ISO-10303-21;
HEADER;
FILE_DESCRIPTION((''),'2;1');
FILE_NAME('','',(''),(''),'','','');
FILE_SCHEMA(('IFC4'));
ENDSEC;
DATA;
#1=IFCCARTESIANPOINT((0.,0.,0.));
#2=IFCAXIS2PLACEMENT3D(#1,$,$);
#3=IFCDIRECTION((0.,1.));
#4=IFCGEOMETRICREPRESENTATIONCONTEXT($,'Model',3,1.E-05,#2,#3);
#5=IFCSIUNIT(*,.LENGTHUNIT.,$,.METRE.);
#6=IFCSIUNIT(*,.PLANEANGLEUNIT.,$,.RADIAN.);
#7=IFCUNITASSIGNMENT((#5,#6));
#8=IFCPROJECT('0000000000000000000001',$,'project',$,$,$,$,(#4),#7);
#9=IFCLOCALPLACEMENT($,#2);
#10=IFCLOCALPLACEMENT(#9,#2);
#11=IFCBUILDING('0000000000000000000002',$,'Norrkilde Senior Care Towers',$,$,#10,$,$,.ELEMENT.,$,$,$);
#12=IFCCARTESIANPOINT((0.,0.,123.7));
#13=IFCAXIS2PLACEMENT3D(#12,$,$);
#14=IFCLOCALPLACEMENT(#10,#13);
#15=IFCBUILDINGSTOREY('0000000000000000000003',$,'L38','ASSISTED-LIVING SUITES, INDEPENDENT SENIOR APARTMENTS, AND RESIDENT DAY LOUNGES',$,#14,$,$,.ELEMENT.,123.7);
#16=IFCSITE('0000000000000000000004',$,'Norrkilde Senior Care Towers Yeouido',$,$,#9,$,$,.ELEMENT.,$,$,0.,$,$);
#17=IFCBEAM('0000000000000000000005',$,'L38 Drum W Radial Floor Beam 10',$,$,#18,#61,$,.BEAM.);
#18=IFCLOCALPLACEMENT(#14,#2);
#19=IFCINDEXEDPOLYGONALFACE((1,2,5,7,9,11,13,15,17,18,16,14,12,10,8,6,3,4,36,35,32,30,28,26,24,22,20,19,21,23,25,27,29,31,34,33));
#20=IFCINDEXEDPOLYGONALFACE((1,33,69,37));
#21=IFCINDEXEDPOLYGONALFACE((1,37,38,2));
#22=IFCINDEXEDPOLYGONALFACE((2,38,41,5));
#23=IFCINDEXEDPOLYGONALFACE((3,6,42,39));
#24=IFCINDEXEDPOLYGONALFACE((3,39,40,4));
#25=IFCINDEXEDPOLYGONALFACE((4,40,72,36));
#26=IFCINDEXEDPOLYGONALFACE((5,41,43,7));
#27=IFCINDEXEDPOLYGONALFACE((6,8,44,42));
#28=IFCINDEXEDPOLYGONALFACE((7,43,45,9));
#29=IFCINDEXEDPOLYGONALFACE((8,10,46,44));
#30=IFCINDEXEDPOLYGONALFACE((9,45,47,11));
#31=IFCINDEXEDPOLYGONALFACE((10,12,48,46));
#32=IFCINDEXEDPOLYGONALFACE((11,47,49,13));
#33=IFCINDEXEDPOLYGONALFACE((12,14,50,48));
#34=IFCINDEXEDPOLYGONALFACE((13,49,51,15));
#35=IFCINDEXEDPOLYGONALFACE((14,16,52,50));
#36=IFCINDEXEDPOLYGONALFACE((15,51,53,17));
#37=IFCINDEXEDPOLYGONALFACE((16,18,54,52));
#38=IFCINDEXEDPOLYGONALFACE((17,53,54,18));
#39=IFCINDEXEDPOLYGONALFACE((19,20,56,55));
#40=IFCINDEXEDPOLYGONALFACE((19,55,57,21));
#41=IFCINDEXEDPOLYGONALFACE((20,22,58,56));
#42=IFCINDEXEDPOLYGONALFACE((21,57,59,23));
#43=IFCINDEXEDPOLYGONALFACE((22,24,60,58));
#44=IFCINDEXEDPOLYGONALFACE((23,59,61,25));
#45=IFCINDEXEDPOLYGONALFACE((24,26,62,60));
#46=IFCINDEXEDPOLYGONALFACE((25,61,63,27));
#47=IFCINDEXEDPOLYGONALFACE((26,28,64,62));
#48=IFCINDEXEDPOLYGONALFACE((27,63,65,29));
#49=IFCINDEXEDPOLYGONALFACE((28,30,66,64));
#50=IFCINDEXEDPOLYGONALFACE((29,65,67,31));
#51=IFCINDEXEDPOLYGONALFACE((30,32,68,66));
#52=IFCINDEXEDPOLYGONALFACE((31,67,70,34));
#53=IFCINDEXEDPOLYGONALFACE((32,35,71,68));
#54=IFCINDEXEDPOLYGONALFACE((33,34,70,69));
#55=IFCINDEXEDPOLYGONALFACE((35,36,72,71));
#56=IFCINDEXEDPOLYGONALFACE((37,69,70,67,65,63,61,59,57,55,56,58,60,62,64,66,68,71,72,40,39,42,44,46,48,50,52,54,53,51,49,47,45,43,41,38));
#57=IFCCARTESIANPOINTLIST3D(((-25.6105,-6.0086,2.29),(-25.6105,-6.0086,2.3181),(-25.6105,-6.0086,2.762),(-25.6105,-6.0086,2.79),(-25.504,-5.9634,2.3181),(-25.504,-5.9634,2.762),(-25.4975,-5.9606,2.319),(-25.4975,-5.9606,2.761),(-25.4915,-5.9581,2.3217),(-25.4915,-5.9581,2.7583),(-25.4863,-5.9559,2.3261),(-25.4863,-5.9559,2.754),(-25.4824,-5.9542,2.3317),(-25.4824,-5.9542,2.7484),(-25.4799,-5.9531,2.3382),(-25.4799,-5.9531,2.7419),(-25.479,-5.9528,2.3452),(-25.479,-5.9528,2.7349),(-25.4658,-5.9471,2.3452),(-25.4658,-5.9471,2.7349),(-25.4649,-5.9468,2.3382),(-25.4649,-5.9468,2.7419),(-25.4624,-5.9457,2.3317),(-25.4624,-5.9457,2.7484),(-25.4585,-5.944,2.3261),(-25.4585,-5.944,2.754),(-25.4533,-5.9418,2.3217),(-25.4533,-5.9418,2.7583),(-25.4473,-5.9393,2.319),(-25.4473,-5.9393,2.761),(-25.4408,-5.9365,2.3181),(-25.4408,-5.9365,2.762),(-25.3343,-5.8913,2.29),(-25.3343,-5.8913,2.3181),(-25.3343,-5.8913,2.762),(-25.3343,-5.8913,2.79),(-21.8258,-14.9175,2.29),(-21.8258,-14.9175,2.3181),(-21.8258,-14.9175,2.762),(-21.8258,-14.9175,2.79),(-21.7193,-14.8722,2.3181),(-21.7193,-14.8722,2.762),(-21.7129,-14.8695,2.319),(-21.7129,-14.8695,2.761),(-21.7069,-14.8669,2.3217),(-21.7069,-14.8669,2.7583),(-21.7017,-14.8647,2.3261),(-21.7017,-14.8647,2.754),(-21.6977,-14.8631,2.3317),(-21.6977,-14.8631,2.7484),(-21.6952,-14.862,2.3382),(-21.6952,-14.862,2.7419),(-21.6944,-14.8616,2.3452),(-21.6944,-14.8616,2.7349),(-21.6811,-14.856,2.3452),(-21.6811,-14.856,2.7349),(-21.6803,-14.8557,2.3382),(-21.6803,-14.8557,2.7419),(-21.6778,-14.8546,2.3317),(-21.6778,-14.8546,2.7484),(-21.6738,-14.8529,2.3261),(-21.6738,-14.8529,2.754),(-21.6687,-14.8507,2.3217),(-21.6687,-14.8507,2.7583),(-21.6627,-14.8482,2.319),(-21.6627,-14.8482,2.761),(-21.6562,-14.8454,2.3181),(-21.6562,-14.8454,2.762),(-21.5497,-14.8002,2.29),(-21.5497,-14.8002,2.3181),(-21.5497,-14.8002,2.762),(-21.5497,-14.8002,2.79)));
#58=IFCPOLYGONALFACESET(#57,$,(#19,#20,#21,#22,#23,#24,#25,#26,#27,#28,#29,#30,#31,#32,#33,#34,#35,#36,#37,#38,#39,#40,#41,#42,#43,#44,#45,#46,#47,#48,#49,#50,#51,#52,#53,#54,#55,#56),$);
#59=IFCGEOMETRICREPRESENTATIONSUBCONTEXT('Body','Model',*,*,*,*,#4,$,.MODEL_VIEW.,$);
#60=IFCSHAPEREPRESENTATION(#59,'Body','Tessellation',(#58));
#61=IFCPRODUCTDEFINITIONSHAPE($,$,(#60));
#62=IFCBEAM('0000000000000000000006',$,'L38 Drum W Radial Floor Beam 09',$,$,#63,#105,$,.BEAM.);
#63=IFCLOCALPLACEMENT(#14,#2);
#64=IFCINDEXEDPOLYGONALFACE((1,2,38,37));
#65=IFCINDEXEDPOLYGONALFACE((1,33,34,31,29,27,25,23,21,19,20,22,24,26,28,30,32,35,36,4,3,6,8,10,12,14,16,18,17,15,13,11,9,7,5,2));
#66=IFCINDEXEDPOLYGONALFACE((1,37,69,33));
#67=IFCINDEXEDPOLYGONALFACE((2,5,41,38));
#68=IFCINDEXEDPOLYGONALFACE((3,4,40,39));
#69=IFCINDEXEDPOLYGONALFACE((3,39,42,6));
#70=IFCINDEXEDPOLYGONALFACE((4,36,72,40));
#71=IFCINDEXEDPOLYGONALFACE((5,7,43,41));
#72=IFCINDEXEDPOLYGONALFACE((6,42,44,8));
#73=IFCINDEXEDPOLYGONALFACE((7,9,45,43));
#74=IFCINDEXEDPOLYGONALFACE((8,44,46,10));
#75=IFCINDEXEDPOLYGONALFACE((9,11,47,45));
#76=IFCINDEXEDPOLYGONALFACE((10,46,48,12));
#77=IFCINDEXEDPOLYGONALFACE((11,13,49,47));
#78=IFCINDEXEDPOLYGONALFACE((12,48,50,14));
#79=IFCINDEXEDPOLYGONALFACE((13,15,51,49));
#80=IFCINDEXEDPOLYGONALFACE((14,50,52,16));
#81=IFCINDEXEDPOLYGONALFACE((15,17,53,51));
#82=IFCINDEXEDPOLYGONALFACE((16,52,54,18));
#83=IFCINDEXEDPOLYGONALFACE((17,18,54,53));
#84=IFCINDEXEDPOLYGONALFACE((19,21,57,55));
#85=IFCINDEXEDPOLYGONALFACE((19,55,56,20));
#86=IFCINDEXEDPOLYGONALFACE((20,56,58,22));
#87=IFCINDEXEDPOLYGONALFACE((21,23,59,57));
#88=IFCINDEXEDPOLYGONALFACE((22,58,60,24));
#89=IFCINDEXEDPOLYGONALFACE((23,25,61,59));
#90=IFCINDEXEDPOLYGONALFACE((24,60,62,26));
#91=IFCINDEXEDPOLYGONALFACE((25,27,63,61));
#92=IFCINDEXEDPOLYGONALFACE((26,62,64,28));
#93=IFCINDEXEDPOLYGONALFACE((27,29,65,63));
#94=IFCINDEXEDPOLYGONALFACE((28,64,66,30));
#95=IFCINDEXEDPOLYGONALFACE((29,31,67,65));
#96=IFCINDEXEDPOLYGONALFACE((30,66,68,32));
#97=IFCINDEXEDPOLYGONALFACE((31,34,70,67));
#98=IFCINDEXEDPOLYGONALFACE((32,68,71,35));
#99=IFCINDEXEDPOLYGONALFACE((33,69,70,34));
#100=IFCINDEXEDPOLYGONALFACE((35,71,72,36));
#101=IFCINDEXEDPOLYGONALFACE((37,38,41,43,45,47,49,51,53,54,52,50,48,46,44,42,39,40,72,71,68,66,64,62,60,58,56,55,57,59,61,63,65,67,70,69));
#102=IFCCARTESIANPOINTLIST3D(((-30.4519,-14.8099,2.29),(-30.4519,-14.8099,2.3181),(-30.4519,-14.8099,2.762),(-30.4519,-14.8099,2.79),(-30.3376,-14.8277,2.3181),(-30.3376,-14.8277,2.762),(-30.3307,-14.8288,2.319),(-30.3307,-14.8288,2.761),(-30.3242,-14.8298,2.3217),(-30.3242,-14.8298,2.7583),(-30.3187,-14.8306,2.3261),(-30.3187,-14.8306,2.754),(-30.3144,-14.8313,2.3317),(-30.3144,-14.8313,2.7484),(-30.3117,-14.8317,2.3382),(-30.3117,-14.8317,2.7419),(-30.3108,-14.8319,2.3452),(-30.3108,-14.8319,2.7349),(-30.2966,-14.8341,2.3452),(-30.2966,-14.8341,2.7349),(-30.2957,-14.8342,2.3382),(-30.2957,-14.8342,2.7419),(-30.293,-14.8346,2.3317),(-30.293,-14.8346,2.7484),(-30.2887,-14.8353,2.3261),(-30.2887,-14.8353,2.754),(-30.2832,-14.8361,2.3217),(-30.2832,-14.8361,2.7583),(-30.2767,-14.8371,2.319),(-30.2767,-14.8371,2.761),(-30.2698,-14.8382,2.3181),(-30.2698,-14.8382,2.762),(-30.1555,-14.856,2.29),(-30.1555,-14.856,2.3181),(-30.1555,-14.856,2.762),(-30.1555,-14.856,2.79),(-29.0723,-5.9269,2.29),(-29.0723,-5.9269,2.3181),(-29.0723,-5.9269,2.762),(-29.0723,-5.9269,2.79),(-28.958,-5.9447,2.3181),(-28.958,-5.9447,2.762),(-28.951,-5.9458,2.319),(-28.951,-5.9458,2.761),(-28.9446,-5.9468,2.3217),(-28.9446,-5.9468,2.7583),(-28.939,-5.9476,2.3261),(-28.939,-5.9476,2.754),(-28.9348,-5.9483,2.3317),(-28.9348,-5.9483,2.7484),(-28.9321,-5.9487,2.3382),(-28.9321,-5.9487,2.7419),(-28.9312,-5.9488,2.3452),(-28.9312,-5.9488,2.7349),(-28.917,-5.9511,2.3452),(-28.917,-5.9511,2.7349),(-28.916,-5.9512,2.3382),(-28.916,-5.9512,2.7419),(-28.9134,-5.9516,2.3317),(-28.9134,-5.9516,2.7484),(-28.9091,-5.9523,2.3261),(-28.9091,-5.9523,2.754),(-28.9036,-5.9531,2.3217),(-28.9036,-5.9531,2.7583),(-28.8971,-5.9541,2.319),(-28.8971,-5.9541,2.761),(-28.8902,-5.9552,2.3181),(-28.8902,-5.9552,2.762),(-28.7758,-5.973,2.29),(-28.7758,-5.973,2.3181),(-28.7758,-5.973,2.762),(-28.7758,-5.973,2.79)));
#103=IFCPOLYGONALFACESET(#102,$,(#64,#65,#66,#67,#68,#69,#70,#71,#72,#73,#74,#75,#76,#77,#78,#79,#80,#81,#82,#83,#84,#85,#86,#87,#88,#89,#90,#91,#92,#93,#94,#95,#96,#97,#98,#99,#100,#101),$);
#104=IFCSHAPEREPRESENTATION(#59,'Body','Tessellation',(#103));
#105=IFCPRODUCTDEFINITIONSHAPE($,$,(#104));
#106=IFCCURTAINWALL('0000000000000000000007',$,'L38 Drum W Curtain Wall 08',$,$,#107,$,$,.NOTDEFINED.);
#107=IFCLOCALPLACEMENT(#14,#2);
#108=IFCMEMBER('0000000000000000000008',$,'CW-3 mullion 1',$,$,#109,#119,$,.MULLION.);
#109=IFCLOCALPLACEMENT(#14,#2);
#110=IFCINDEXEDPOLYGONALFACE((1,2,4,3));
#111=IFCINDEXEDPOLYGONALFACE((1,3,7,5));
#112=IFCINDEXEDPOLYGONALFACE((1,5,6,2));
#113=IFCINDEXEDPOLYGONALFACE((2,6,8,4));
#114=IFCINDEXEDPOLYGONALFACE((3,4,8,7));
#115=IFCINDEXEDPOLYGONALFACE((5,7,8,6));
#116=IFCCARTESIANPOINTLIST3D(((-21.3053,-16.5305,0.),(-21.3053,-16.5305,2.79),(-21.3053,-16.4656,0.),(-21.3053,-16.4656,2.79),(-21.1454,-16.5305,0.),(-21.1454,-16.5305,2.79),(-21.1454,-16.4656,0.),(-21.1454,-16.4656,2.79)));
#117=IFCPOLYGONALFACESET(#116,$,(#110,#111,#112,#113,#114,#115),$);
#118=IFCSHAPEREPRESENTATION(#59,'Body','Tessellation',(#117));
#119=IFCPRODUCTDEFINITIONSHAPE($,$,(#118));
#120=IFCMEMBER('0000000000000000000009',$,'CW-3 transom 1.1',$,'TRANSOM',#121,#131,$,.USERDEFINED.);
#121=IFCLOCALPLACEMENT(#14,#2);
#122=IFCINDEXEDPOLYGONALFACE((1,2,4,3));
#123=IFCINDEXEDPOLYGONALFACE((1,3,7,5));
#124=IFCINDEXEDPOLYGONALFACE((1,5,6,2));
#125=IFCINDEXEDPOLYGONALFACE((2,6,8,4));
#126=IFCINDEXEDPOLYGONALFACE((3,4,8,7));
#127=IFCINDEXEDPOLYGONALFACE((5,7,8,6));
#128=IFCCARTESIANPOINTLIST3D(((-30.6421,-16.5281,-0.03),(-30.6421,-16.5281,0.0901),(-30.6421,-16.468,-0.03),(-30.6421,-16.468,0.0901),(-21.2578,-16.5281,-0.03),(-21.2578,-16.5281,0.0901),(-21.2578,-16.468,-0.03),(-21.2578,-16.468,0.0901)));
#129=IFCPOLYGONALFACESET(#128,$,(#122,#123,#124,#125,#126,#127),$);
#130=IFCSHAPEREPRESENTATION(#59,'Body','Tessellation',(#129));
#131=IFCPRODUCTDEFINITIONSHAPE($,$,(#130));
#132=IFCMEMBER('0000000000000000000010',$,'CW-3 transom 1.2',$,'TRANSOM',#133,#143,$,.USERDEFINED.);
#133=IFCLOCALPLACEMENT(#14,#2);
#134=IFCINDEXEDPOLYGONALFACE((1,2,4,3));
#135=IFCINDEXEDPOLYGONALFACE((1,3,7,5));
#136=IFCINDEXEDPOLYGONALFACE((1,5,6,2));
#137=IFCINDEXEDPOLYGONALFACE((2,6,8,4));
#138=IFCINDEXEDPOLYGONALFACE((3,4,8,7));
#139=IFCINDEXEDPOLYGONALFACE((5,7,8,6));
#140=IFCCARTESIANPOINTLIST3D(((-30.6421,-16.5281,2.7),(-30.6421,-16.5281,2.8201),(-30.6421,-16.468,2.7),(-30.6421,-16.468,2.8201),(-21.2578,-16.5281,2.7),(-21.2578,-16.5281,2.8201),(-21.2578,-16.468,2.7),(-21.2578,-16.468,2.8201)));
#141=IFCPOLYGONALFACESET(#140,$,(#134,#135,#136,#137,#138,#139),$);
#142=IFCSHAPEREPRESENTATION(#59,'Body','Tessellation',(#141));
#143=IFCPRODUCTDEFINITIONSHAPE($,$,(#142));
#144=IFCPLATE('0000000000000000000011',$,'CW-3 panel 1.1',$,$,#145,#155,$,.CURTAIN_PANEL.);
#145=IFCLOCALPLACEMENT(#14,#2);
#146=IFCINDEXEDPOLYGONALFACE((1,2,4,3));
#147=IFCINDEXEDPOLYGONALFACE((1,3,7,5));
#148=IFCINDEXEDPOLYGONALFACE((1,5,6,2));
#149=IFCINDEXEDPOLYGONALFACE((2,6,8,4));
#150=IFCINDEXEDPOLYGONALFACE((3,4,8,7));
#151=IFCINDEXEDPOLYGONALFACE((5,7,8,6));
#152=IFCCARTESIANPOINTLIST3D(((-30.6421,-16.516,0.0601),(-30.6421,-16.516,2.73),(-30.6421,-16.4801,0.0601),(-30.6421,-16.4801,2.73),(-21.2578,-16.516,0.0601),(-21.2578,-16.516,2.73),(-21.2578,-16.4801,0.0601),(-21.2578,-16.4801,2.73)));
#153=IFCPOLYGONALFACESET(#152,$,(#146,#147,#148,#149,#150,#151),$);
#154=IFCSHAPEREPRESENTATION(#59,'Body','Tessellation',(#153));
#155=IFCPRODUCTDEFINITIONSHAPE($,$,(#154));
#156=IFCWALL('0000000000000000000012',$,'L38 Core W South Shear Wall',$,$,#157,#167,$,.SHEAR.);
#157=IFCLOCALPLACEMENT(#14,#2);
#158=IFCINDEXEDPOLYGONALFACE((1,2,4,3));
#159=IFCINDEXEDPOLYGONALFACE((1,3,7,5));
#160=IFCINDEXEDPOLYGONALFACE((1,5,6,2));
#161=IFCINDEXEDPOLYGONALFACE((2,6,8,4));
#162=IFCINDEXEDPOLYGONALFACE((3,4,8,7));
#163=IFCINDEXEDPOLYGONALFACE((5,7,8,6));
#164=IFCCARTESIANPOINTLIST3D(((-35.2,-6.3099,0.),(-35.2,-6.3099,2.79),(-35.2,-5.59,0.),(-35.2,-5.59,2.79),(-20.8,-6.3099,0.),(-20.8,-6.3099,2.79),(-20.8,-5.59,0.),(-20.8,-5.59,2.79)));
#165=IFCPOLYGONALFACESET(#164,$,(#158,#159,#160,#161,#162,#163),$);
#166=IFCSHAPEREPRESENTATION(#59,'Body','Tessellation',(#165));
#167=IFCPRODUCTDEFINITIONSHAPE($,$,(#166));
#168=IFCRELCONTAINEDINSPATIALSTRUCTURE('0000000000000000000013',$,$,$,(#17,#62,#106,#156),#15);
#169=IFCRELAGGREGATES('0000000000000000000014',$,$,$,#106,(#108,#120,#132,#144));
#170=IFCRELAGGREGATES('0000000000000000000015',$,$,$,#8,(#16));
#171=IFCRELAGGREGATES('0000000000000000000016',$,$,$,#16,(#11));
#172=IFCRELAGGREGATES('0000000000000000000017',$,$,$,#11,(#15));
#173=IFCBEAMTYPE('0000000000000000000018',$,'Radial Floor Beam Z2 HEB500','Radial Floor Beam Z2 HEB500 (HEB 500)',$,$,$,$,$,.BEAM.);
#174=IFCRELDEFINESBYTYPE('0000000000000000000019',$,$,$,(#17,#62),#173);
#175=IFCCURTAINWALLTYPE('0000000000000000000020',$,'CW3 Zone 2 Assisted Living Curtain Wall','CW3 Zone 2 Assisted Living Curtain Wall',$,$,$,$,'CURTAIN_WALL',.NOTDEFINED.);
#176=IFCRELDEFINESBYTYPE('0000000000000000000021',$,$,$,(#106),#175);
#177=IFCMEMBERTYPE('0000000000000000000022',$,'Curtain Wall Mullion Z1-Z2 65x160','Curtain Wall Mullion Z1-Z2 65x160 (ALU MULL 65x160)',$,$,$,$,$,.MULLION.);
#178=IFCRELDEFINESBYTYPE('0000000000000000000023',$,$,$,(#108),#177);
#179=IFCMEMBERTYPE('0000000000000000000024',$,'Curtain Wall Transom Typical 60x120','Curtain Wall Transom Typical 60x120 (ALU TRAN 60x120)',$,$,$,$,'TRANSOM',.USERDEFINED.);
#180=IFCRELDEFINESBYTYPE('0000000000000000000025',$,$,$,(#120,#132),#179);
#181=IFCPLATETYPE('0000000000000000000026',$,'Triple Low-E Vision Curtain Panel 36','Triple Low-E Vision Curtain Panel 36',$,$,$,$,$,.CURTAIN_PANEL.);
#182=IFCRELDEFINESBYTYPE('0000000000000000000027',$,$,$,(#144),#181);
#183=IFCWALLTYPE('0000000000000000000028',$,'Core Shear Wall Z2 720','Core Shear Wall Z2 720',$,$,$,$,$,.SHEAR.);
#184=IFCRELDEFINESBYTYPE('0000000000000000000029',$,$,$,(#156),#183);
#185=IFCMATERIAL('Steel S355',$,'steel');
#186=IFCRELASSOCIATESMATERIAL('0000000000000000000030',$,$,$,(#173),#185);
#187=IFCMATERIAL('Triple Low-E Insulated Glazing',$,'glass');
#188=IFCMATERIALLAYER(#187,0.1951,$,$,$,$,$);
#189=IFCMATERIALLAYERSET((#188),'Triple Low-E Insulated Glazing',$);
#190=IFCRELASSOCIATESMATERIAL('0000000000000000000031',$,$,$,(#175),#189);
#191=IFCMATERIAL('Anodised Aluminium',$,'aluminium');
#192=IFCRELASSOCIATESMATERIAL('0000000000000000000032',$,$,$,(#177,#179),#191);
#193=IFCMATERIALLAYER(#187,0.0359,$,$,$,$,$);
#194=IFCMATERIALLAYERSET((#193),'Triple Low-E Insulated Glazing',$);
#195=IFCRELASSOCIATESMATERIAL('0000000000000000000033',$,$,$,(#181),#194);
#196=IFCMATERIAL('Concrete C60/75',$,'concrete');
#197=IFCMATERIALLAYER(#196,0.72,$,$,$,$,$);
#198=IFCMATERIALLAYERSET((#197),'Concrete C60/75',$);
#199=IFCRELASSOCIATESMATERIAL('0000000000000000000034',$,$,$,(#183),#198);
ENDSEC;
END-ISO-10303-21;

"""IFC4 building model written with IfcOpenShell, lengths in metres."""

from ifc_helpers import new_model, si_unit, direction, frame, frame_2d, origin, origin_2d, place, context, subcontext, project, spatial, rectangle, i_section, extrude, source, transform, mapped, material, layer, layer_set, material_profile, profile_set, type_object, type_shapes, element, aggregate, save


model = new_model("IFC4")

# Units and contexts
model_context = context("Model", 3, precision=1e-05, world=origin(), true_north=direction((0.0, 1.0)))
body_context = subcontext(model_context, "Body", "Model", "MODEL_VIEW")
ifc_project = project(units=[si_unit("LENGTHUNIT", "METRE"), si_unit("PLANEANGLEUNIT", "RADIAN")], contexts=[model_context])

# Site, building, storey
site_placement = place(None, origin())
site = spatial("IfcSite", under=ifc_project, at=site_placement, Name="Norrkilde Senior Care Towers Yeouido", CompositionType="ELEMENT", RefElevation=0.0)
building_placement = place(site_placement, origin())
building = spatial("IfcBuilding", under=site, at=building_placement, Name="Norrkilde Senior Care Towers", CompositionType="ELEMENT")
storey_placement = place(building_placement, frame((0.0, 0.0, 123.7)))
storey = spatial("IfcBuildingStorey", under=building, at=storey_placement, Name="L38", Description="ASSISTED-LIVING SUITES, INDEPENDENT SENIOR APARTMENTS, AND RESIDENT DAY LOUNGES", CompositionType="ELEMENT", Elevation=123.7)

# Shared definitions
ifc_material_1 = material(Name="Concrete C60/75", Category="concrete")

# Beams
ifc_material_2 = material(Name="Steel S355", Category="steel")
ifc_material_profile_1 = material_profile(ifc_material_2, i_section(OverallWidth=0.3, OverallDepth=0.5, WebThickness=0.0144, FlangeThickness=0.0281, FilletRadius=0.0271, at=origin_2d()), Name="HEB 500")
ifc_profile_set_1 = profile_set([ifc_material_profile_1], Name="Steel S355")
beam_type_1 = type_object("IfcBeamType", Name="Radial Floor Beam Z2 HEB500", Description="Radial Floor Beam Z2 HEB500 (HEB 500)", PredefinedType="BEAM", material=ifc_profile_set_1)
shared_shape_1 = source(origin(), body_context, "Body", "SweptSolid", [
    extrude(i_section(OverallWidth=0.3, OverallDepth=0.5, WebThickness=0.0144, FlangeThickness=0.0281, FilletRadius=0.0271, at=origin_2d()), origin(), (0.0, 0.0, 1.0), 9.6794),
])
beam_1_placement = place(storey_placement, frame((-25.4724, -5.95, 2.54), z_axis=(0.390998, -0.920392, 0.0), x_axis=(0.920392, 0.390998, 0.0)))
element("IfcBeam", 1, at=beam_1_placement, inside=storey, type_object=beam_type_1, Name="L38 Drum W Radial Floor Beam 10", PredefinedType="BEAM", context=body_context, shape_type="MappedRepresentation", body=[
    mapped(shared_shape_1, transform((0.0, 0.0, 0.0), x_axis=(1.0, 0.0, 0.0), y_axis=(0.0, 1.0, 0.0), z_axis=(0.0, 0.0, 1.0), scale=1.0)),
])
shared_shape_2 = source(origin(), body_context, "Body", "SweptSolid", [
    extrude(i_section(OverallWidth=0.3, OverallDepth=0.5, WebThickness=0.0144, FlangeThickness=0.0281, FilletRadius=0.0271, at=origin_2d()), origin(), (0.0, 0.0, 1.0), 8.9895),
])
beam_2_placement = place(storey_placement, frame((-28.9241, -5.95, 2.54), z_axis=(-0.153471, -0.988153, 0.0), x_axis=(0.988153, -0.153471, 0.0)))
element("IfcBeam", 2, at=beam_2_placement, inside=storey, type_object=beam_type_1, Name="L38 Drum W Radial Floor Beam 09", PredefinedType="BEAM", context=body_context, shape_type="MappedRepresentation", body=[
    mapped(shared_shape_2, transform((0.0, 0.0, 0.0), x_axis=(1.0, 0.0, 0.0), y_axis=(0.0, 1.0, 0.0), z_axis=(0.0, 0.0, 1.0), scale=1.0)),
])

# Curtain wall, members, plate
ifc_material_3 = material(Name="Triple Low-E Insulated Glazing", Category="glass")
ifc_layer_1 = layer(ifc_material_3, 0.1951)
ifc_layer_set_1 = layer_set([ifc_layer_1], Name="Triple Low-E Insulated Glazing")
curtain_wall_type = type_object("IfcCurtainWallType", Name="CW3 Zone 2 Assisted Living Curtain Wall", Description="CW3 Zone 2 Assisted Living Curtain Wall", ElementType="CURTAIN_WALL", PredefinedType="NOTDEFINED", material=ifc_layer_set_1)
curtain_wall_placement = place(storey_placement, origin())
curtain_wall = element("IfcCurtainWall", 3, at=curtain_wall_placement, inside=storey, type_object=curtain_wall_type, Name="L38 Drum W Curtain Wall 08", PredefinedType="NOTDEFINED")
ifc_material_4 = material(Name="Anodised Aluminium", Category="aluminium")
ifc_material_profile_2 = material_profile(ifc_material_4, rectangle(XDim=0.0649, YDim=0.1599, at=origin_2d()), Name="ALU MULL 65x160")
ifc_profile_set_2 = profile_set([ifc_material_profile_2], Name="Anodised Aluminium")
member_type_1 = type_object("IfcMemberType", Name="Curtain Wall Mullion Z1-Z2 65x160", Description="Curtain Wall Mullion Z1-Z2 65x160 (ALU MULL 65x160)", PredefinedType="MULLION", material=ifc_profile_set_2)
shared_shape_3 = source(origin(), body_context, "Body", "SweptSolid", [
    extrude(rectangle(XDim=0.0649, YDim=0.1599, at=origin_2d()), origin(), (0.0, 0.0, 1.0), 2.79),
])
type_shapes(member_type_1, [shared_shape_3])
member_1_placement = place(storey_placement, frame((-21.2253, -16.498, 0.0), z_axis=(0.0, 0.0, 1.0), x_axis=(0.0, -1.0, 0.0)))
member_1 = element("IfcMember", 4, at=member_1_placement, type_object=member_type_1, Name="CW-3 mullion 1", PredefinedType="MULLION", context=body_context, shape_type="MappedRepresentation", body=[
    mapped(shared_shape_3, transform((0.0, 0.0, 0.0), x_axis=(1.0, 0.0, 0.0), y_axis=(0.0, 1.0, 0.0), z_axis=(0.0, 0.0, 1.0), scale=1.0)),
])
ifc_material_profile_3 = material_profile(ifc_material_4, rectangle(XDim=0.0601, YDim=0.1201, at=origin_2d()), Name="ALU TRAN 60x120")
ifc_profile_set_3 = profile_set([ifc_material_profile_3], Name="Anodised Aluminium")
member_type_2 = type_object("IfcMemberType", Name="Curtain Wall Transom Typical 60x120", Description="Curtain Wall Transom Typical 60x120 (ALU TRAN 60x120)", ElementType="TRANSOM", PredefinedType="USERDEFINED", material=ifc_profile_set_3)
shared_shape_4 = source(origin(), body_context, "Body", "SweptSolid", [
    extrude(rectangle(XDim=0.0601, YDim=0.1201, at=origin_2d()), origin(), (0.0, 0.0, 1.0), 9.3843),
])
type_shapes(member_type_2, [shared_shape_4])
member_2_placement = place(storey_placement, frame((-21.2578, -16.498, 0.03), z_axis=(-1.0, 0.0, 0.0), x_axis=(0.0, -1.0, 0.0)))
member_2 = element("IfcMember", 5, at=member_2_placement, type_object=member_type_2, Name="CW-3 transom 1.1", ObjectType="TRANSOM", PredefinedType="USERDEFINED", context=body_context, shape_type="MappedRepresentation", body=[
    mapped(shared_shape_4, transform((0.0, 0.0, 0.0), x_axis=(1.0, 0.0, 0.0), y_axis=(0.0, 1.0, 0.0), z_axis=(0.0, 0.0, 1.0), scale=1.0)),
])
member_3_placement = place(storey_placement, frame((-21.2578, -16.498, 2.76), z_axis=(-1.0, 0.0, 0.0), x_axis=(0.0, -1.0, 0.0)))
member_3 = element("IfcMember", 6, at=member_3_placement, type_object=member_type_2, Name="CW-3 transom 1.2", ObjectType="TRANSOM", PredefinedType="USERDEFINED", context=body_context, shape_type="MappedRepresentation", body=[
    mapped(shared_shape_4, transform((0.0, 0.0, 0.0), x_axis=(1.0, 0.0, 0.0), y_axis=(0.0, 1.0, 0.0), z_axis=(0.0, 0.0, 1.0), scale=1.0)),
])
ifc_layer_2 = layer(ifc_material_3, 0.0359)
ifc_layer_set_2 = layer_set([ifc_layer_2], Name="Triple Low-E Insulated Glazing")
plate_type = type_object("IfcPlateType", Name="Triple Low-E Vision Curtain Panel 36", Description="Triple Low-E Vision Curtain Panel 36", PredefinedType="CURTAIN_PANEL", material=ifc_layer_set_2)
shared_shape_5 = source(origin(), body_context, "Body", "SweptSolid", [
    extrude(rectangle(XDim=9.3843, YDim=0.0359, at=origin_2d()), origin(), (0.0, 0.0, 1.0), 2.6699),
])
type_shapes(plate_type, [shared_shape_5])
plate_placement = place(storey_placement, frame((-25.95, -16.498, 0.0601), z_axis=(0.0, 0.0, 1.0), x_axis=(-1.0, 0.0, 0.0)))
plate = element("IfcPlate", 7, at=plate_placement, type_object=plate_type, Name="CW-3 panel 1.1", PredefinedType="CURTAIN_PANEL", context=body_context, shape_type="MappedRepresentation", body=[
    mapped(shared_shape_5, transform((0.0, 0.0, 0.0), x_axis=(1.0, 0.0, 0.0), y_axis=(0.0, 1.0, 0.0), z_axis=(0.0, 0.0, 1.0), scale=1.0)),
])
aggregate(curtain_wall, [member_1, member_2, member_3, plate])

# Wall
ifc_layer_3 = layer(ifc_material_1, 0.72)
ifc_layer_set_3 = layer_set([ifc_layer_3], Name="Concrete C60/75")
wall_type_1 = type_object("IfcWallType", Name="Core Shear Wall Z2 720", Description="Core Shear Wall Z2 720", PredefinedType="SHEAR", material=ifc_layer_set_3)
shared_shape_6 = source(origin(), body_context, "Body", "SweptSolid", [
    extrude(rectangle(XDim=14.3999, YDim=0.72, at=frame_2d((7.2, 0.0))), origin(), (0.0, 0.0, 1.0), 2.79),
])
type_shapes(wall_type_1, [shared_shape_6])
wall_1_placement = place(storey_placement, frame((-20.8, -5.95, 0.0), z_axis=(0.0, 0.0, 1.0), x_axis=(-1.0, 0.0, 0.0)))
element("IfcWall", 8, at=wall_1_placement, inside=storey, type_object=wall_type_1, Name="L38 Core W South Shear Wall", PredefinedType="SHEAR", context=body_context, shape_type="MappedRepresentation", body=[
    mapped(shared_shape_6, transform((0.0, 0.0, 0.0), x_axis=(1.0, 0.0, 0.0), y_axis=(0.0, 1.0, 0.0), z_axis=(0.0, 0.0, 1.0), scale=1.0)),
])

save(model, "model.ifc")
